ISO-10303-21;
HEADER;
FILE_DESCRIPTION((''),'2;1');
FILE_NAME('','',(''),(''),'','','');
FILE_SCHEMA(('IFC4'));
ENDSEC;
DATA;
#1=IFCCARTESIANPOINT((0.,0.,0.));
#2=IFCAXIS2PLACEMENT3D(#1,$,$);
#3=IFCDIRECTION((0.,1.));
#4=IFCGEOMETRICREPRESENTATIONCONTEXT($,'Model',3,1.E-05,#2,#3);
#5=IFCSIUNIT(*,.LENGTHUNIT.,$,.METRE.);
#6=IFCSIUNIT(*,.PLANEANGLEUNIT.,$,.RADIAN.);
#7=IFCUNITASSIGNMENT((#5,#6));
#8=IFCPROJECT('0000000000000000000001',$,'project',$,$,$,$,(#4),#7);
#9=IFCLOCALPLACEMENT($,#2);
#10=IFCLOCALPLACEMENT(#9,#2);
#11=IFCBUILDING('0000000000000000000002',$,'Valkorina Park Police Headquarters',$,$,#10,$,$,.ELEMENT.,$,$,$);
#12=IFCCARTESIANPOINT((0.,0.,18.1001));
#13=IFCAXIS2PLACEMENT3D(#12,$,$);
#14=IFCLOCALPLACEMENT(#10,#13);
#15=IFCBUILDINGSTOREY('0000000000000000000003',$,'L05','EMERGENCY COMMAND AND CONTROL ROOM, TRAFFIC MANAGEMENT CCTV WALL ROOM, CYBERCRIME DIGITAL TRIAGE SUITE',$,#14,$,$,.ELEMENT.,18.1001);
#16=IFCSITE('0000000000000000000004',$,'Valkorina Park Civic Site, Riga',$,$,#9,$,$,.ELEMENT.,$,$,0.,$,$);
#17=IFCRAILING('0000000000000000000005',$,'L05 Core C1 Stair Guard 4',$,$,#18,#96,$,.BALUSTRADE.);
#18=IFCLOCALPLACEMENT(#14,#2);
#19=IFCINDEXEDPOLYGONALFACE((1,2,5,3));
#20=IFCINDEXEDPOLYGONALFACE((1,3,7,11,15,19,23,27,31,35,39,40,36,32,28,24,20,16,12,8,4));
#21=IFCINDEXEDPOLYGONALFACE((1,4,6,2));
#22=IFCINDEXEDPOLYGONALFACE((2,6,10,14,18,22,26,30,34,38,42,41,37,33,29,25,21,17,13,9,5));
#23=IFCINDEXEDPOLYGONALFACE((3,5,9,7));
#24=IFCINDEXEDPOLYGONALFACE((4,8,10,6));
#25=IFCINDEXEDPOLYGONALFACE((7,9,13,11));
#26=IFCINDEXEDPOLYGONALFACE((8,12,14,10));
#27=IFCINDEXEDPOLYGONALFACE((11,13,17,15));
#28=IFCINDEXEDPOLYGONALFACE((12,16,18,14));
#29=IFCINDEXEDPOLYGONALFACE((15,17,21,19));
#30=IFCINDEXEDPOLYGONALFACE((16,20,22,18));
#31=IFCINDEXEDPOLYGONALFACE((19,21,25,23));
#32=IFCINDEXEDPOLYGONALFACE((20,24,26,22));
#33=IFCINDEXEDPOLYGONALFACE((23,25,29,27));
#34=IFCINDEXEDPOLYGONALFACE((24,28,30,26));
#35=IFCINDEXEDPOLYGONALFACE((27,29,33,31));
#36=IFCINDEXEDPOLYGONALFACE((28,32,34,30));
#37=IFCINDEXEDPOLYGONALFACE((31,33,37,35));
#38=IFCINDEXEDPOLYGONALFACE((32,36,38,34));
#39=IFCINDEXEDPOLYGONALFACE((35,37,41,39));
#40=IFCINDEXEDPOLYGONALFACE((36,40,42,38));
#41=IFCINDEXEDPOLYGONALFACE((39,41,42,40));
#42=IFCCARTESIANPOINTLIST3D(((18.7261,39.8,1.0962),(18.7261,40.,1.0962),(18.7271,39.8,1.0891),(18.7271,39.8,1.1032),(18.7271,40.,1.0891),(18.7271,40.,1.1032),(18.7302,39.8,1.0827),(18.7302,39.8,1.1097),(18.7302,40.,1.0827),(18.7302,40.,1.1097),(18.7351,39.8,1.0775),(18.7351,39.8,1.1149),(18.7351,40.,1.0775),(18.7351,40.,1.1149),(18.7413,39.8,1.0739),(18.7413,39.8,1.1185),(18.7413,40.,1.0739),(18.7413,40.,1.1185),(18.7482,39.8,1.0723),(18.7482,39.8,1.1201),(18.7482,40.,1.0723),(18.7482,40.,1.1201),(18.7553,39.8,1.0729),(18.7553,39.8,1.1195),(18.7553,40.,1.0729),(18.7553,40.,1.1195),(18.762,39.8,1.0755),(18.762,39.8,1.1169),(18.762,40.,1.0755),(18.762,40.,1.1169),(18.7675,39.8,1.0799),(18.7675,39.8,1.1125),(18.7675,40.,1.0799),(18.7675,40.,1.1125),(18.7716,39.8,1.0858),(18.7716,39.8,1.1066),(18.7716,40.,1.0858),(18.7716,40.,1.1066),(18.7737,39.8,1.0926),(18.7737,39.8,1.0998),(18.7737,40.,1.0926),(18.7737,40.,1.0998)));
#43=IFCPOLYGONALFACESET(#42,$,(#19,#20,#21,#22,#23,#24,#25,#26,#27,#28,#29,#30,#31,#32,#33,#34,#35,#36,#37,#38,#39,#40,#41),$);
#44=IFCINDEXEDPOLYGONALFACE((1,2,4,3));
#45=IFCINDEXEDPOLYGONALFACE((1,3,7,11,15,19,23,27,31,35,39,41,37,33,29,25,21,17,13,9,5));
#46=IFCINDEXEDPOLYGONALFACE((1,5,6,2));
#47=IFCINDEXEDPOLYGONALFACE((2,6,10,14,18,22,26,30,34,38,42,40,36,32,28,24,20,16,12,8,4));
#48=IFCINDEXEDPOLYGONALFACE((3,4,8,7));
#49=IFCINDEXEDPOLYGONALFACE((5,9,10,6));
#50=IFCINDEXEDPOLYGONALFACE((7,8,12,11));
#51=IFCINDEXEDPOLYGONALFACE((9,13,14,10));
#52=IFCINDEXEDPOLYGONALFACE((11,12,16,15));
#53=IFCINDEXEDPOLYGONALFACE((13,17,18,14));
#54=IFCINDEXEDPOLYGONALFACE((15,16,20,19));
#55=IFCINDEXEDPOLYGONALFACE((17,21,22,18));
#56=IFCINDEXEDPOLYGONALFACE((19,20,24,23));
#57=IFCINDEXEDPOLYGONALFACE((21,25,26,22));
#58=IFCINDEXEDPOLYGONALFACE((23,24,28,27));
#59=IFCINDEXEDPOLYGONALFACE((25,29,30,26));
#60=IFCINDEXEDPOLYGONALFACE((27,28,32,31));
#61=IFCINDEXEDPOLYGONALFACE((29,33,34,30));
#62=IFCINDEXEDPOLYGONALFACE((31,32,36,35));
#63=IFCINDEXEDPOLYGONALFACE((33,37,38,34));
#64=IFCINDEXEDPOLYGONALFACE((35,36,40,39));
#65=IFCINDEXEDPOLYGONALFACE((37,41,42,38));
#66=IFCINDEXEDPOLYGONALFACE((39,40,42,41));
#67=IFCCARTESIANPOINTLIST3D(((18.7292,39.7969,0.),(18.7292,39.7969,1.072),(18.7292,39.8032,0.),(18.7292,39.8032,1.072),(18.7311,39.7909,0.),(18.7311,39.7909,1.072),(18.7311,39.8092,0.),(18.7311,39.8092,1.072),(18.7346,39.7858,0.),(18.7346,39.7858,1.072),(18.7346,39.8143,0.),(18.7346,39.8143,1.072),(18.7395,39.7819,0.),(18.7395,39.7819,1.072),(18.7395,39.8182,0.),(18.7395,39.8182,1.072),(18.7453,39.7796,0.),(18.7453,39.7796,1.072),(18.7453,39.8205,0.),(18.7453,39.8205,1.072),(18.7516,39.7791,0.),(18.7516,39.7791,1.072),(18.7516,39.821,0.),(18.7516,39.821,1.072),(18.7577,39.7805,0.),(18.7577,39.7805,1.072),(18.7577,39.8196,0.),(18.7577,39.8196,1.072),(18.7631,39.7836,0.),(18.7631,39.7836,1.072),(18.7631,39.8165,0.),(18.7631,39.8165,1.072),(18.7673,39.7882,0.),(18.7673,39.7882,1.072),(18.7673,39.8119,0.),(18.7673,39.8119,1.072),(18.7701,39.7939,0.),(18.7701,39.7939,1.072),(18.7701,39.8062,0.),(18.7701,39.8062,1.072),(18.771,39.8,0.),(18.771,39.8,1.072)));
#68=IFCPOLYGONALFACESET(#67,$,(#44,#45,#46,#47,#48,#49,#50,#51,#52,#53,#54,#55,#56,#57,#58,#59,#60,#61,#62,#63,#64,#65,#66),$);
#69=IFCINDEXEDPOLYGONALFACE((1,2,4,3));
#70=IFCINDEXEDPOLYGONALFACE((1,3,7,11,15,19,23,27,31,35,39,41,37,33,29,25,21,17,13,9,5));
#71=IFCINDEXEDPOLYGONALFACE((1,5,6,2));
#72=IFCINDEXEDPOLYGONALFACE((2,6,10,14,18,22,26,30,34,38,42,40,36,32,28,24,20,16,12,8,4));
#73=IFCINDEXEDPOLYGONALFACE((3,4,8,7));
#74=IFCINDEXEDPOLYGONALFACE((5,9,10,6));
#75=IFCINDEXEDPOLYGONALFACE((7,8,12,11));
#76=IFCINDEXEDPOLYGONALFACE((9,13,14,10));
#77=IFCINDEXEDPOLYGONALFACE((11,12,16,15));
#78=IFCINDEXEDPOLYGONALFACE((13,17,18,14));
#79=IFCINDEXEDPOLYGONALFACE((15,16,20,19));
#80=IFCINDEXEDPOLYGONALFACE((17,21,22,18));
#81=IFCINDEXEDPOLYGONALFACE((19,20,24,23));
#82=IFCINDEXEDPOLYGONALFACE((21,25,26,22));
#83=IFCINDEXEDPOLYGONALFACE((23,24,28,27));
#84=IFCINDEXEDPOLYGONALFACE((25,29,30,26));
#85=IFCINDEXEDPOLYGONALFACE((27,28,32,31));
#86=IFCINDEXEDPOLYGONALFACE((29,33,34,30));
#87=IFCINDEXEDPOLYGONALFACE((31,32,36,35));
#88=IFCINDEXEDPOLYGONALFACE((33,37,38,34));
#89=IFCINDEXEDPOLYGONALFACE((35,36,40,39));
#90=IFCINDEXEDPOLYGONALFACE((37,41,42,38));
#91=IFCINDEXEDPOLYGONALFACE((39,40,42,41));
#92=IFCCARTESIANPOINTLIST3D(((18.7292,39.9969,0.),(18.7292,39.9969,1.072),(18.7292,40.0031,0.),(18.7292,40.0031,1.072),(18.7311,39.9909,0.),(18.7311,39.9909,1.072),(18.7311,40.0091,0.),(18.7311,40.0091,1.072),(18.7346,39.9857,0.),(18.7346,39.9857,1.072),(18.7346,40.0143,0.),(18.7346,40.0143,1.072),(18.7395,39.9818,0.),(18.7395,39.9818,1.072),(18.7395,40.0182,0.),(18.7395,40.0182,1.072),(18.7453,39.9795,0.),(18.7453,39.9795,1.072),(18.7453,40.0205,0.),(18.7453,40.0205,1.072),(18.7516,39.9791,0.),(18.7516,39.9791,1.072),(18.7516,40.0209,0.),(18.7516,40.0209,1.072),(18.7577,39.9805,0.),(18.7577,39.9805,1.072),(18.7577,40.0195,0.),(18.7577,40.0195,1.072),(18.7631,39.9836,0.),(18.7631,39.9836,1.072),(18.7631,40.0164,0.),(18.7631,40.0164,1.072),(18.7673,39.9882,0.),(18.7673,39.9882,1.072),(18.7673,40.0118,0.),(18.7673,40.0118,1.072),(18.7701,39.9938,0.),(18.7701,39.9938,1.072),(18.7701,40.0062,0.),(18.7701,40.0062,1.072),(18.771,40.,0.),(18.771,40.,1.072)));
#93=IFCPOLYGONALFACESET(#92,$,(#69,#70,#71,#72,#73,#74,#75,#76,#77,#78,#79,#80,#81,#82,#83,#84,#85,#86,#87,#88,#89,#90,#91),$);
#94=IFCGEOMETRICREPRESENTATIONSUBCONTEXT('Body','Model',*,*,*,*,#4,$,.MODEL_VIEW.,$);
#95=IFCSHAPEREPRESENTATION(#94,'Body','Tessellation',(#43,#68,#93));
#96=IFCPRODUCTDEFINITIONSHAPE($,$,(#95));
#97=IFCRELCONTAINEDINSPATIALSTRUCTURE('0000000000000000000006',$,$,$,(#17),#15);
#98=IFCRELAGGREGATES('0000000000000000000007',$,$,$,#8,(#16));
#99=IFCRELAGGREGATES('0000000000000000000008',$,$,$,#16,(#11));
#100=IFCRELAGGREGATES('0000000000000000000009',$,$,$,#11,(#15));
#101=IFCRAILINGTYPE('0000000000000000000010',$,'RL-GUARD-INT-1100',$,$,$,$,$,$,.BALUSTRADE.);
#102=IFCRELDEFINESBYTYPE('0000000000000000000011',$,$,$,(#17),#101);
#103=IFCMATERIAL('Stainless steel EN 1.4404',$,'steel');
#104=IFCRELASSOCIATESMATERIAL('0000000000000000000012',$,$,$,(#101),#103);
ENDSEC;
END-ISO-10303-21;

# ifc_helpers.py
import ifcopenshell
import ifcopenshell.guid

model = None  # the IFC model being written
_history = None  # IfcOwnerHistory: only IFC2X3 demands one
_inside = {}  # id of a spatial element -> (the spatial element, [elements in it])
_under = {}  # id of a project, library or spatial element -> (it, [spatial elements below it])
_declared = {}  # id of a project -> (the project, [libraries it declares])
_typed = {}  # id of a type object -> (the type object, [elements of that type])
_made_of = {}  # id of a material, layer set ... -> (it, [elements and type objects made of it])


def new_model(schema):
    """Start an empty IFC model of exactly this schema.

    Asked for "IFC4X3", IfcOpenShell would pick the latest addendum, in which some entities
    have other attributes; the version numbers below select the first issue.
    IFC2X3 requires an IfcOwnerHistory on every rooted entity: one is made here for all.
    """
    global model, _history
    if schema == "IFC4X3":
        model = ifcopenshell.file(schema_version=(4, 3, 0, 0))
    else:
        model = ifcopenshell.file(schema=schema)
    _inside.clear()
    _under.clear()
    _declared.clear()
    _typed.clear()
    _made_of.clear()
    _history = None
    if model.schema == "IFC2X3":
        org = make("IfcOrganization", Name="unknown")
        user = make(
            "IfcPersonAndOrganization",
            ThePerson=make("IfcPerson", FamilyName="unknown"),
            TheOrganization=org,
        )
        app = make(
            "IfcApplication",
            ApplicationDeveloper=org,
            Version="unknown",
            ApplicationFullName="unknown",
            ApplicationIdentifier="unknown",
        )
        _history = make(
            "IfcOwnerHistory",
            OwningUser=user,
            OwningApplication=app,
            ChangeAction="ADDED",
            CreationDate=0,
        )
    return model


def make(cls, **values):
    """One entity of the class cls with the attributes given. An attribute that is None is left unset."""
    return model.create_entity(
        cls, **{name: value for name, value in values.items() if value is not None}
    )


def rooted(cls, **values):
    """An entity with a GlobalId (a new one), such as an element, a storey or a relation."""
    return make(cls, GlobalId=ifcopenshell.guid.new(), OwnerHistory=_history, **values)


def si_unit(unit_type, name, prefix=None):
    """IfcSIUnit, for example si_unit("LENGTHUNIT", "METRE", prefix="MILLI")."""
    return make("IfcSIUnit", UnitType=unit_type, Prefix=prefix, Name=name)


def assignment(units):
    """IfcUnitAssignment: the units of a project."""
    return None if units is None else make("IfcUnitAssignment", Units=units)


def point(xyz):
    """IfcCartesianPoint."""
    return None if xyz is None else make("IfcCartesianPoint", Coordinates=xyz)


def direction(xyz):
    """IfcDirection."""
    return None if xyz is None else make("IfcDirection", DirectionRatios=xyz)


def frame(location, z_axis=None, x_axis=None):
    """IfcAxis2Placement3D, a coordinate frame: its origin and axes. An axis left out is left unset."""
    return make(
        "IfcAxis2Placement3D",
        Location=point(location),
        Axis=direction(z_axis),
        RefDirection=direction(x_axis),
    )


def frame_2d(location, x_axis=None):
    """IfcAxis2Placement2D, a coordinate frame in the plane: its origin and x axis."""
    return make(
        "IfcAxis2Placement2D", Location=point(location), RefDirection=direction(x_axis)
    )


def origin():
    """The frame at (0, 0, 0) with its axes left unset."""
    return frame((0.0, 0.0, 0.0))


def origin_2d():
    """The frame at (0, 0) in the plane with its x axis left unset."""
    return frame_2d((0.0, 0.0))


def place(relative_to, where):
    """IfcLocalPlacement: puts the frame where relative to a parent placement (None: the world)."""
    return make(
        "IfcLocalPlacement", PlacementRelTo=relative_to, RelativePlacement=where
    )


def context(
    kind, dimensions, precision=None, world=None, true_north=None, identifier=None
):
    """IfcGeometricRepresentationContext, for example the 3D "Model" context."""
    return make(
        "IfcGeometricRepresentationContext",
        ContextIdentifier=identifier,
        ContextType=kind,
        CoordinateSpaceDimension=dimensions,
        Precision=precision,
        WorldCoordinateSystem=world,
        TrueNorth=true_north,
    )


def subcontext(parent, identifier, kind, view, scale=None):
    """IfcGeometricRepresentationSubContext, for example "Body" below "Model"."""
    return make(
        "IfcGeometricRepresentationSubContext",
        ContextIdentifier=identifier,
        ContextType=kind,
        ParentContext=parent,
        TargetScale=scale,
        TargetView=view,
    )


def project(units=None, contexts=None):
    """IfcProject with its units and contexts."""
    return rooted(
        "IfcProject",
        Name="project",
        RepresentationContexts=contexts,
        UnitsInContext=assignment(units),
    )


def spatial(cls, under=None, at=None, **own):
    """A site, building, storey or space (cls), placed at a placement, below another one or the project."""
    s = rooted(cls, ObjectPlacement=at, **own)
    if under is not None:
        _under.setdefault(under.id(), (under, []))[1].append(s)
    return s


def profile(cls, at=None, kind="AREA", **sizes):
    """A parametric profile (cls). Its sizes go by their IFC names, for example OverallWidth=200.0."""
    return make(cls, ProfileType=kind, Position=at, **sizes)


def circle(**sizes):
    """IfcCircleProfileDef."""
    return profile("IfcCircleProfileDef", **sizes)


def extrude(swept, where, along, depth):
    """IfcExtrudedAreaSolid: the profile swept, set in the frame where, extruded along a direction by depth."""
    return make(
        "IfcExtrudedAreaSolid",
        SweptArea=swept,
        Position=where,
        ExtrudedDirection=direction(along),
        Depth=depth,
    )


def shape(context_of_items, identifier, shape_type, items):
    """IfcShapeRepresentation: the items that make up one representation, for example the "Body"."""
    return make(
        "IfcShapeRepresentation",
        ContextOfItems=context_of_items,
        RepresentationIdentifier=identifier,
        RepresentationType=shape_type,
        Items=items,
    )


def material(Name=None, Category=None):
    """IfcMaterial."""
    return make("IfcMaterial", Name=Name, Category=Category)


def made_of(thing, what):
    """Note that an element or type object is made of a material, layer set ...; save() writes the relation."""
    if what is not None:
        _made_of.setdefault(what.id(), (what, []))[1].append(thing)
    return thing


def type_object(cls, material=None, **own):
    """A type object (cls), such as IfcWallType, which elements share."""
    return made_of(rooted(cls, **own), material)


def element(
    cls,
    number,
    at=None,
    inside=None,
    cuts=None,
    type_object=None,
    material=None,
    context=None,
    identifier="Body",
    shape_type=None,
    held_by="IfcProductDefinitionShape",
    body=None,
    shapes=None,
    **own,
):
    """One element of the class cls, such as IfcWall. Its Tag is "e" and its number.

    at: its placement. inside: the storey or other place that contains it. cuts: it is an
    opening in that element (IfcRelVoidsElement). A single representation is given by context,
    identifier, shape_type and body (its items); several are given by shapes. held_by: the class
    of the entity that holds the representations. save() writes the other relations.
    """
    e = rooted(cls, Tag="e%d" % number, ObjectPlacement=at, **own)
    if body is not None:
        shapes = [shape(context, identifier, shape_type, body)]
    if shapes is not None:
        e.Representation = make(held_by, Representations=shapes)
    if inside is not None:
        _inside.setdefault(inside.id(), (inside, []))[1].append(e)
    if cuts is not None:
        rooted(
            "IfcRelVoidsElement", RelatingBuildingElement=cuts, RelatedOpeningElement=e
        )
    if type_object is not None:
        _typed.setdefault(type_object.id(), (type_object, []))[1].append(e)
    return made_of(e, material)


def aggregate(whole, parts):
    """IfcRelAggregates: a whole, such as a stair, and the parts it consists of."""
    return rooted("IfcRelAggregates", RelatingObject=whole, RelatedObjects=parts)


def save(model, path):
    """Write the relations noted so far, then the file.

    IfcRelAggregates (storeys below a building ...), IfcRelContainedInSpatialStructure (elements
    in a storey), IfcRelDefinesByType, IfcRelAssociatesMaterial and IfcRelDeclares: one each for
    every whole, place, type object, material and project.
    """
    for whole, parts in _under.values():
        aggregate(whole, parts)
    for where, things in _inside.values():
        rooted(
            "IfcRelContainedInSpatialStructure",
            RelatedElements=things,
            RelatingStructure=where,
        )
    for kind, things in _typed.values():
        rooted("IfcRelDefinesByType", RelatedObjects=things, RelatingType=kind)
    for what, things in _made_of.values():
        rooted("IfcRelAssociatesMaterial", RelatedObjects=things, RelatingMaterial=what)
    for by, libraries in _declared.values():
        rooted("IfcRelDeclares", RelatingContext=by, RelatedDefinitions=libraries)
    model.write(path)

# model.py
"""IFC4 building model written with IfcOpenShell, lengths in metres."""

from ifc_helpers import new_model, si_unit, direction, frame, origin, origin_2d, place, context, subcontext, project, spatial, circle, extrude, material, type_object, element, save


model = new_model("IFC4")

# Units and contexts
model_context = context("Model", 3, precision=1e-05, world=origin(), true_north=direction((0.0, 1.0)))
body_context = subcontext(model_context, "Body", "Model", "MODEL_VIEW")
ifc_project = project(units=[si_unit("LENGTHUNIT", "METRE"), si_unit("PLANEANGLEUNIT", "RADIAN")], contexts=[model_context])

# Site, building, storey
site_placement = place(None, origin())
site = spatial("IfcSite", under=ifc_project, at=site_placement, Name="Valkorina Park Civic Site, Riga", CompositionType="ELEMENT", RefElevation=0.0)
building_placement = place(site_placement, origin())
building = spatial("IfcBuilding", under=site, at=building_placement, Name="Valkorina Park Police Headquarters", CompositionType="ELEMENT")
storey_placement = place(building_placement, frame((0.0, 0.0, 18.1001)))
storey = spatial("IfcBuildingStorey", under=building, at=storey_placement, Name="L05", Description="EMERGENCY COMMAND AND CONTROL ROOM, TRAFFIC MANAGEMENT CCTV WALL ROOM, CYBERCRIME DIGITAL TRIAGE SUITE", CompositionType="ELEMENT", Elevation=18.1001)

# Railing
ifc_material_1 = material(Name="Stainless steel EN 1.4404", Category="steel")
railing_type_1 = type_object("IfcRailingType", Name="RL-GUARD-INT-1100", PredefinedType="BALUSTRADE", material=ifc_material_1)
railing_1_placement = place(storey_placement, frame((18.75, 39.8, 0.0)))
element("IfcRailing", 1, at=railing_1_placement, inside=storey, type_object=railing_type_1, Name="L05 Core C1 Stair Guard 4", PredefinedType="BALUSTRADE", context=body_context, shape_type="SweptSolid", body=[
    extrude(circle(Radius=0.0239, at=origin_2d()), frame((0.0, 0.0, 1.0962), z_axis=(0.0, 1.0, 0.0), x_axis=(-1.0, 0.0, 0.0)), (0.0, 0.0, 1.0), 0.2),
    extrude(circle(Radius=0.021, at=origin_2d()), origin(), (0.0, 0.0, 1.0), 1.072),
    extrude(circle(Radius=0.021, at=origin_2d()), frame((0.0, 0.2, 0.0)), (0.0, 0.0, 1.0), 1.072),
])

save(model, "model.ifc")
